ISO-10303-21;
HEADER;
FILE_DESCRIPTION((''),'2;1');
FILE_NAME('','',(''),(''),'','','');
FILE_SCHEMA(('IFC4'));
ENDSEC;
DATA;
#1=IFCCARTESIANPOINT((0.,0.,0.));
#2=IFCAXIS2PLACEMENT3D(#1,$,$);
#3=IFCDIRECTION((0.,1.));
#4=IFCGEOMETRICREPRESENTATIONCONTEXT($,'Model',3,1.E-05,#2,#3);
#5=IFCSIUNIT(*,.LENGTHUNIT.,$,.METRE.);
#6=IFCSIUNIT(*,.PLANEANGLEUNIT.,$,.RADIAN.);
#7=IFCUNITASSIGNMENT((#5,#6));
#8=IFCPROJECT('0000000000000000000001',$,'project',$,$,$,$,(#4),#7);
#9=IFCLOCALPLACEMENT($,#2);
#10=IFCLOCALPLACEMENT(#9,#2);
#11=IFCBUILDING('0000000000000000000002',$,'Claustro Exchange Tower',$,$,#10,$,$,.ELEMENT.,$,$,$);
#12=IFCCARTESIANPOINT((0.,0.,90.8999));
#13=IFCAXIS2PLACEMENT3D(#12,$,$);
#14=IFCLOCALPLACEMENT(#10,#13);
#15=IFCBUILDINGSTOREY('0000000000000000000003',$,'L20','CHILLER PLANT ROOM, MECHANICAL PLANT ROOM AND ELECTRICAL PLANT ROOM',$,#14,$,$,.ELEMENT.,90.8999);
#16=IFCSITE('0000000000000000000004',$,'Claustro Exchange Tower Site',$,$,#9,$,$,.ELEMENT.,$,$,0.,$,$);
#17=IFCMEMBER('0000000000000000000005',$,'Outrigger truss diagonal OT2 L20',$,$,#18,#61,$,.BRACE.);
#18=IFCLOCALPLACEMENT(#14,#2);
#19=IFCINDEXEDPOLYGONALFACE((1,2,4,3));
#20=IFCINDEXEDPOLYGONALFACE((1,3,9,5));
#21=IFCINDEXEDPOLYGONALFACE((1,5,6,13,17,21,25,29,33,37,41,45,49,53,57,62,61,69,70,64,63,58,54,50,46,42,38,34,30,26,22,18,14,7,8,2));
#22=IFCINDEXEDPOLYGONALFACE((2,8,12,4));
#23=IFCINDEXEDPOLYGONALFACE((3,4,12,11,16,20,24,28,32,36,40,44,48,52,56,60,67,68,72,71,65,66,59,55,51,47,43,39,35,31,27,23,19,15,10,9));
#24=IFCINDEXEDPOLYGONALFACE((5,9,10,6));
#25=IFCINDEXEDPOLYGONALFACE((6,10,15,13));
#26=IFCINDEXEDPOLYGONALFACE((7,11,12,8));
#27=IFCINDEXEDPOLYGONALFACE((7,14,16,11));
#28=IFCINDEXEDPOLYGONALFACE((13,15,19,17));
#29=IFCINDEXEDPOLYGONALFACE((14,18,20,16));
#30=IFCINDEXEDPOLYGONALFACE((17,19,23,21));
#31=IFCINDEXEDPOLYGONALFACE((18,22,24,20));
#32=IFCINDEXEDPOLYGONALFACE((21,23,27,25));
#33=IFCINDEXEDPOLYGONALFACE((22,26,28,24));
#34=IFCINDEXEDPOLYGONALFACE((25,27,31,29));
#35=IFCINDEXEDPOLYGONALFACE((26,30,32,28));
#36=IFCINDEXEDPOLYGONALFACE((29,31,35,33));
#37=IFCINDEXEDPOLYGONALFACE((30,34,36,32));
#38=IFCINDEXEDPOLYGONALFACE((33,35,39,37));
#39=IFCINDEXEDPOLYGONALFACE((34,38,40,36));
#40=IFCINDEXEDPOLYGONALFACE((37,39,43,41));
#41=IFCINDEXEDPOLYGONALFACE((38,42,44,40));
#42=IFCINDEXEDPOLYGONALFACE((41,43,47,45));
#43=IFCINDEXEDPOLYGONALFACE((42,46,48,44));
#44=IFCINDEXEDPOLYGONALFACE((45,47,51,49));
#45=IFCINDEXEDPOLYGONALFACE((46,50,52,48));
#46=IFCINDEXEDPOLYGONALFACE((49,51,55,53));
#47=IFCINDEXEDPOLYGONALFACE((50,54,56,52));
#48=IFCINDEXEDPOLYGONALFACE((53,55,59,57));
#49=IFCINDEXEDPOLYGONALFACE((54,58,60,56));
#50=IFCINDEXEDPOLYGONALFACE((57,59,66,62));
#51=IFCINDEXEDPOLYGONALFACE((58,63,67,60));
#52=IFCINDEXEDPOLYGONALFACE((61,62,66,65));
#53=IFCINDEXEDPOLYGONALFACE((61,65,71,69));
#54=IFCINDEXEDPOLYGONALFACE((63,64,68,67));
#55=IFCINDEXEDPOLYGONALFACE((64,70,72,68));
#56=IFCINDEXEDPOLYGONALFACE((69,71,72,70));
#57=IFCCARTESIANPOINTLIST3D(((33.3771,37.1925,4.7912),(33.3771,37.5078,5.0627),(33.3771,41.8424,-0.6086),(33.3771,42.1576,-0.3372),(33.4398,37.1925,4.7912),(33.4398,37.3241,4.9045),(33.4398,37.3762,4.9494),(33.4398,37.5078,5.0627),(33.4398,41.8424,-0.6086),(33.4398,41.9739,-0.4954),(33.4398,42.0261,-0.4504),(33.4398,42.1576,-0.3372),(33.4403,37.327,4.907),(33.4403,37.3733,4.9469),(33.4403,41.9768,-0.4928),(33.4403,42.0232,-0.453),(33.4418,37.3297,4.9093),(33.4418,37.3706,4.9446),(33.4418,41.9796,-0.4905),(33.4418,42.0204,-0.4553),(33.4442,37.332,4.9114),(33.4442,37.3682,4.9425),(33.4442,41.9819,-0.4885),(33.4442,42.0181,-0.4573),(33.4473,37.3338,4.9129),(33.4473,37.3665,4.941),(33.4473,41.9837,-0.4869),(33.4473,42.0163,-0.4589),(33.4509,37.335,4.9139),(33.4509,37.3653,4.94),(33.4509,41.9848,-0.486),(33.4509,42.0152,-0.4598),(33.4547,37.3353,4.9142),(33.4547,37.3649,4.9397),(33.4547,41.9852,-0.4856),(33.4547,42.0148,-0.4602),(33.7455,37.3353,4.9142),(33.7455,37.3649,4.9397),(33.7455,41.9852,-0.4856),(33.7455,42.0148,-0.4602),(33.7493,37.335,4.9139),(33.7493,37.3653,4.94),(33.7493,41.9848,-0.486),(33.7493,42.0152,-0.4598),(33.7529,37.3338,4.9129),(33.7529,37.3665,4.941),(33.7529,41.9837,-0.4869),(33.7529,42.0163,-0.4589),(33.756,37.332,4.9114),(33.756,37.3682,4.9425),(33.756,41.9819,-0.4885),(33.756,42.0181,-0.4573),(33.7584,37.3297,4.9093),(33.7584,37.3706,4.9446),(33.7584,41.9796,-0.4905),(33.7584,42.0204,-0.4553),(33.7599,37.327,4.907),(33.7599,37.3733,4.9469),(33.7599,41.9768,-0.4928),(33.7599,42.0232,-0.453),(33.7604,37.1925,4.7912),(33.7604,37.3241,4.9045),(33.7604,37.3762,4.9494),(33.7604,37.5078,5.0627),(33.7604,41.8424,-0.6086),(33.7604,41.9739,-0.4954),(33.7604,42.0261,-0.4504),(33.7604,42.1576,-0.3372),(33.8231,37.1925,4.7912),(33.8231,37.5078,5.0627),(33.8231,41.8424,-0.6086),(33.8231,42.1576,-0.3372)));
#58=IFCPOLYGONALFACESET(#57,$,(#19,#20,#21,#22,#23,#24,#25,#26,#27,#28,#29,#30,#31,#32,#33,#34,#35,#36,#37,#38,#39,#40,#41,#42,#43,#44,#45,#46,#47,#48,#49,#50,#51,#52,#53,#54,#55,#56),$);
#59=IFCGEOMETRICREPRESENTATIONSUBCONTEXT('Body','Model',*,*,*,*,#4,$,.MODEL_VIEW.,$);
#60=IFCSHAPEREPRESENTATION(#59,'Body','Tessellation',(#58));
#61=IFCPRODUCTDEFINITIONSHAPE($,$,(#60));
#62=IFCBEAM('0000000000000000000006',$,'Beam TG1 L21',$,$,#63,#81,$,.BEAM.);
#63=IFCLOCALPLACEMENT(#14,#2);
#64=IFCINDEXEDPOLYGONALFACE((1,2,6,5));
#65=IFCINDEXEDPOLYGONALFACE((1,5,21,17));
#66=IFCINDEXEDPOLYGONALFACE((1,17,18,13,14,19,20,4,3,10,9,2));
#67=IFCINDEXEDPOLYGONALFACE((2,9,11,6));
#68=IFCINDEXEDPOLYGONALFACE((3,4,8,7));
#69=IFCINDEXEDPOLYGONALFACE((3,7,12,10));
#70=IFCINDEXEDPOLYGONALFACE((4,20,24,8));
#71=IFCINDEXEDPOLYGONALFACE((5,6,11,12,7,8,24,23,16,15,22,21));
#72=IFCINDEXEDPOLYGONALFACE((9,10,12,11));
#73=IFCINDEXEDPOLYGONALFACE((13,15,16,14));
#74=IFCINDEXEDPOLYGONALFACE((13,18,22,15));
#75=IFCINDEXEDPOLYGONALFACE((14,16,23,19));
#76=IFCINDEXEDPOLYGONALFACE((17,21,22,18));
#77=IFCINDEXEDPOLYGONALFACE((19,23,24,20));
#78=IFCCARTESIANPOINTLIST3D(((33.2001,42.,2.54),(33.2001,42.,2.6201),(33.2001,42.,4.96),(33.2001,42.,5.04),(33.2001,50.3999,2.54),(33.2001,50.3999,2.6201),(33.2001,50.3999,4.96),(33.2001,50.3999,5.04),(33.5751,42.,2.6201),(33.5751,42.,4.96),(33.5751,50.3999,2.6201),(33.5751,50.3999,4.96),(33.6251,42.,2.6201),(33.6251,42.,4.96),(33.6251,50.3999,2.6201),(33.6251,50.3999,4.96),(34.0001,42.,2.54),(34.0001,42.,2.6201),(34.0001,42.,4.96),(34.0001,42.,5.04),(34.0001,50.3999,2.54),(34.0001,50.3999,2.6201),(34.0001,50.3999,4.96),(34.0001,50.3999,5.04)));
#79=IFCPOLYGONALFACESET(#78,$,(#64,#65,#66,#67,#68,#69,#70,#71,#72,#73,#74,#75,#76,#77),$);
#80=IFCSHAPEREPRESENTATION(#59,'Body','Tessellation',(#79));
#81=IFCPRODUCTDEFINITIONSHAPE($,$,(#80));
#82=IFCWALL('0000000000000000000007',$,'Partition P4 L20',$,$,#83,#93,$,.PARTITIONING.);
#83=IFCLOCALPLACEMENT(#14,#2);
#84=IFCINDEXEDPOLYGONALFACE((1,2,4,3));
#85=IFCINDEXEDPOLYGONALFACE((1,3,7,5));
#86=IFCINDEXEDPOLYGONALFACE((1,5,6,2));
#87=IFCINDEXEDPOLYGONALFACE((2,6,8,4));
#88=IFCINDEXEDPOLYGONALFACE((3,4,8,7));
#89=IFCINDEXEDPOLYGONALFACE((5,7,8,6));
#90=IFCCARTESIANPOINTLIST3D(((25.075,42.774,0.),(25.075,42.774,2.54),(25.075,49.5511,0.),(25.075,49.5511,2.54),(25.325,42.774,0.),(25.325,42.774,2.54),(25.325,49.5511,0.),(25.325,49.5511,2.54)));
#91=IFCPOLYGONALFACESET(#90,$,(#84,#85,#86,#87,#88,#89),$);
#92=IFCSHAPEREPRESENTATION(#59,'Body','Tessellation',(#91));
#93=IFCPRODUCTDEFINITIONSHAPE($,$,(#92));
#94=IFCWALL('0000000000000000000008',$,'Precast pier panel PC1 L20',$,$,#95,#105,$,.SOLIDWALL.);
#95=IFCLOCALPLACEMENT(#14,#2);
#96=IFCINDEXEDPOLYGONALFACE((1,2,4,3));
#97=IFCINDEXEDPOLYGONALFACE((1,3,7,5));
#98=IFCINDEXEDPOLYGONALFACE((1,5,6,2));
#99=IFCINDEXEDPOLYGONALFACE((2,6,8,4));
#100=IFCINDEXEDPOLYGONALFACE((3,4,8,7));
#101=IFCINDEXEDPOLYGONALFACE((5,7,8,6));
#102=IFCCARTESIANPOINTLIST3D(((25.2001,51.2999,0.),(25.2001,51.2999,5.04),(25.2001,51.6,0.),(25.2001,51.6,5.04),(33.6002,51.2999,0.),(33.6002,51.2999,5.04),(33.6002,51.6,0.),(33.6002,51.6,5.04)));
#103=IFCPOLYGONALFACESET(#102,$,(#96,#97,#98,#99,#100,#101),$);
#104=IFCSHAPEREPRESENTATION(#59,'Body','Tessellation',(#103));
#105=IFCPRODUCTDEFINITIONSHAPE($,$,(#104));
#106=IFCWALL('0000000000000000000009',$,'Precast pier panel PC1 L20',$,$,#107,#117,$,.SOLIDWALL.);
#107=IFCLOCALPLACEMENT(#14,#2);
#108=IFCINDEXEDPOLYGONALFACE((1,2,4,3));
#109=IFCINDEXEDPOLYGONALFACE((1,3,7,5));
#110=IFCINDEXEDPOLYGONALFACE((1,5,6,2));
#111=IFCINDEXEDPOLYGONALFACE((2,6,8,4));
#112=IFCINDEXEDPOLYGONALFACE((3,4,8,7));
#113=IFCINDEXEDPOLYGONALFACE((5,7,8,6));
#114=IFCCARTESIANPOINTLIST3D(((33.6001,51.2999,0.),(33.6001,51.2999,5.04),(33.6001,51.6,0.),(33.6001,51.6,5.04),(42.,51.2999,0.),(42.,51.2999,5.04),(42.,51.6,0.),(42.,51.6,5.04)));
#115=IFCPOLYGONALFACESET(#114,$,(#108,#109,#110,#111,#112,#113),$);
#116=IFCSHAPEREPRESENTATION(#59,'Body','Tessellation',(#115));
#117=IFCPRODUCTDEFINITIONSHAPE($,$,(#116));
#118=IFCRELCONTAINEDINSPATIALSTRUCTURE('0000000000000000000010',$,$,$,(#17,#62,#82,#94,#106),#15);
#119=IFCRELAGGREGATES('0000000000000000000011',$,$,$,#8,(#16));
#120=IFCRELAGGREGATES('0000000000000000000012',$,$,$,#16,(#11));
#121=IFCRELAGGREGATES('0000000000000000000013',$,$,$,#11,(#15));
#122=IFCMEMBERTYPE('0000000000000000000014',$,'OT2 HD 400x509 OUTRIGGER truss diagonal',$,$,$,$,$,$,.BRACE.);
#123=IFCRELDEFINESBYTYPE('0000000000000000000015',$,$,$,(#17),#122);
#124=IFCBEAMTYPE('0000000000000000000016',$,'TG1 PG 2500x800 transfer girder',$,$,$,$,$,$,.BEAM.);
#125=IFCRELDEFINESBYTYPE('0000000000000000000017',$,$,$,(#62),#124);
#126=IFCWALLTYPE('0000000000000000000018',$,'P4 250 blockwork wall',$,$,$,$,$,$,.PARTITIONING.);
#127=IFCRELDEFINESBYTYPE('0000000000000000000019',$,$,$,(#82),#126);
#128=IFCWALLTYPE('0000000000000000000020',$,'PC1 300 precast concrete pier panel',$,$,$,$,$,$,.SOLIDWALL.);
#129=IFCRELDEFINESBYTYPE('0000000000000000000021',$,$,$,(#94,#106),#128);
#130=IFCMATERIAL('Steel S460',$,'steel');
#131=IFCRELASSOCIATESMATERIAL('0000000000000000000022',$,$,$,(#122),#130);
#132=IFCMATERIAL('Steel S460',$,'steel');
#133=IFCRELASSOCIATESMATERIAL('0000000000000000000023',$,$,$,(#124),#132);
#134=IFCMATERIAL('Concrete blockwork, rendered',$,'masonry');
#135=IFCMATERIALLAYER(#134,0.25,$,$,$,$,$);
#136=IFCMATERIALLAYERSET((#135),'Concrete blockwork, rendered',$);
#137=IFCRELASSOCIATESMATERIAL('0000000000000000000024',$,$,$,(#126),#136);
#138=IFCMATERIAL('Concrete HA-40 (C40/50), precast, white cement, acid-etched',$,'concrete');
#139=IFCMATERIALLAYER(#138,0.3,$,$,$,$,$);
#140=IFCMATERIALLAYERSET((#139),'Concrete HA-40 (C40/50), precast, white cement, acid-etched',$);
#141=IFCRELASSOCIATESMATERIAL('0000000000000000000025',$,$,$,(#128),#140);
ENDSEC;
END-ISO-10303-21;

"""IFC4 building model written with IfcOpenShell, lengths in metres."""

from ifc_helpers import new_model, si_unit, direction, frame, frame_2d, origin, origin_2d, place, context, subcontext, project, spatial, rectangle, i_section, extrude, material, layer, layer_set, material_profile, profile_set, type_object, element, save


model = new_model("IFC4")

# Units and contexts
model_context = context("Model", 3, precision=1e-05, world=origin(), true_north=direction((0.0, 1.0)))
body_context = subcontext(model_context, "Body", "Model", "MODEL_VIEW")
ifc_project = project(units=[si_unit("LENGTHUNIT", "METRE"), si_unit("PLANEANGLEUNIT", "RADIAN")], contexts=[model_context])

# Site, building, storey
site_placement = place(None, origin())
site = spatial("IfcSite", under=ifc_project, at=site_placement, Name="Claustro Exchange Tower Site", CompositionType="ELEMENT", RefElevation=0.0)
building_placement = place(site_placement, origin())
building = spatial("IfcBuilding", under=site, at=building_placement, Name="Claustro Exchange Tower", CompositionType="ELEMENT")
storey_placement = place(building_placement, frame((0.0, 0.0, 90.8999)))
storey = spatial("IfcBuildingStorey", under=building, at=storey_placement, Name="L20", Description="CHILLER PLANT ROOM, MECHANICAL PLANT ROOM AND ELECTRICAL PLANT ROOM", CompositionType="ELEMENT", Elevation=90.8999)

# Member
ifc_material_1 = material(Name="Steel S460", Category="steel")
ifc_material_profile_1 = material_profile(ifc_material_1, i_section(OverallWidth=0.416, OverallDepth=0.446, WebThickness=0.0391, FlangeThickness=0.0627, FilletRadius=0.0149, at=origin_2d()), Name="HD 400x509")
ifc_profile_set_1 = profile_set([ifc_material_profile_1], Name="Steel S460")
member_type_1 = type_object("IfcMemberType", Name="OT2 HD 400x509 OUTRIGGER truss diagonal", PredefinedType="BRACE", material=ifc_profile_set_1)
member_placement = place(storey_placement, frame((33.6001, 42.0, -0.4729), z_axis=(0.0, -0.652522, 0.75777), x_axis=(0.0, 0.75777, 0.652522)))
element("IfcMember", 1, at=member_placement, inside=storey, type_object=member_type_1, Name="Outrigger truss diagonal OT2 L20", PredefinedType="BRACE", context=body_context, shape_type="SweptSolid", body=[
    extrude(i_section(OverallWidth=0.416, OverallDepth=0.446, WebThickness=0.0391, FlangeThickness=0.0627, FilletRadius=0.0149, at=origin_2d()), origin(), (0.0, 0.0, 1.0), 7.126),
])

# Beam
ifc_material_2 = material(Name="Steel S460", Category="steel")
ifc_material_profile_2 = material_profile(ifc_material_2, i_section(OverallWidth=0.8, OverallDepth=2.5, WebThickness=0.05, FlangeThickness=0.0801, at=origin_2d()), Name="PG 2500x800")
ifc_profile_set_2 = profile_set([ifc_material_profile_2], Name="Steel S460")
beam_type_1 = type_object("IfcBeamType", Name="TG1 PG 2500x800 transfer girder", PredefinedType="BEAM", material=ifc_profile_set_2)
beam_1_placement = place(storey_placement, frame((33.6001, 42.0, 3.79), z_axis=(0.0, 1.0, 0.0), x_axis=(-1.0, 0.0, 0.0)))
element("IfcBeam", 2, at=beam_1_placement, inside=storey, type_object=beam_type_1, Name="Beam TG1 L21", PredefinedType="BEAM", context=body_context, shape_type="SweptSolid", body=[
    extrude(i_section(OverallWidth=0.8, OverallDepth=2.5, WebThickness=0.05, FlangeThickness=0.0801, at=origin_2d()), origin(), (0.0, 0.0, 1.0), 8.3999),
])

# Walls
ifc_material_3 = material(Name="Concrete blockwork, rendered", Category="masonry")
ifc_layer_1 = layer(ifc_material_3, 0.25)
ifc_layer_set_1 = layer_set([ifc_layer_1], Name="Concrete blockwork, rendered")
wall_type_1 = type_object("IfcWallType", Name="P4 250 blockwork wall", PredefinedType="PARTITIONING", material=ifc_layer_set_1)
wall_1_placement = place(storey_placement, frame((25.2, 42.7739, 0.0), z_axis=(0.0, 0.0, 1.0), x_axis=(0.0, 1.0, 0.0)))
element("IfcWall", 3, at=wall_1_placement, inside=storey, type_object=wall_type_1, Name="Partition P4 L20", PredefinedType="PARTITIONING", context=body_context, shape_type="SweptSolid", body=[
    extrude(rectangle(XDim=6.7771, YDim=0.25, at=frame_2d((3.3887, 0.0))), origin(), (0.0, 0.0, 1.0), 2.54),
])
ifc_material_4 = material(Name="Concrete HA-40 (C40/50), precast, white cement, acid-etched", Category="concrete")
ifc_layer_2 = layer(ifc_material_4, 0.3)
ifc_layer_set_2 = layer_set([ifc_layer_2], Name="Concrete HA-40 (C40/50), precast, white cement, acid-etched")
wall_type_2 = type_object("IfcWallType", Name="PC1 300 precast concrete pier panel", PredefinedType="SOLIDWALL", material=ifc_layer_set_2)
wall_2_placement = place(storey_placement, frame((25.2, 51.45, 0.0), z_axis=(0.0, 0.0, 1.0), x_axis=(1.0, 0.0, 0.0)))
element("IfcWall", 4, at=wall_2_placement, inside=storey, type_object=wall_type_2, Name="Precast pier panel PC1 L20", PredefinedType="SOLIDWALL", context=body_context, shape_type="SweptSolid", body=[
    extrude(rectangle(XDim=8.4001, YDim=0.3, at=frame_2d((4.2002, 0.0))), origin(), (0.0, 0.0, 1.0), 5.04),
])
wall_3_placement = place(storey_placement, frame((33.6001, 51.45, 0.0), z_axis=(0.0, 0.0, 1.0), x_axis=(1.0, 0.0, 0.0)))
element("IfcWall", 5, at=wall_3_placement, inside=storey, type_object=wall_type_2, Name="Precast pier panel PC1 L20", PredefinedType="SOLIDWALL", context=body_context, shape_type="SweptSolid", body=[
    extrude(rectangle(XDim=8.3999, YDim=0.3, at=frame_2d((4.2, 0.0))), origin(), (0.0, 0.0, 1.0), 5.04),
])

save(model, "model.ifc")
